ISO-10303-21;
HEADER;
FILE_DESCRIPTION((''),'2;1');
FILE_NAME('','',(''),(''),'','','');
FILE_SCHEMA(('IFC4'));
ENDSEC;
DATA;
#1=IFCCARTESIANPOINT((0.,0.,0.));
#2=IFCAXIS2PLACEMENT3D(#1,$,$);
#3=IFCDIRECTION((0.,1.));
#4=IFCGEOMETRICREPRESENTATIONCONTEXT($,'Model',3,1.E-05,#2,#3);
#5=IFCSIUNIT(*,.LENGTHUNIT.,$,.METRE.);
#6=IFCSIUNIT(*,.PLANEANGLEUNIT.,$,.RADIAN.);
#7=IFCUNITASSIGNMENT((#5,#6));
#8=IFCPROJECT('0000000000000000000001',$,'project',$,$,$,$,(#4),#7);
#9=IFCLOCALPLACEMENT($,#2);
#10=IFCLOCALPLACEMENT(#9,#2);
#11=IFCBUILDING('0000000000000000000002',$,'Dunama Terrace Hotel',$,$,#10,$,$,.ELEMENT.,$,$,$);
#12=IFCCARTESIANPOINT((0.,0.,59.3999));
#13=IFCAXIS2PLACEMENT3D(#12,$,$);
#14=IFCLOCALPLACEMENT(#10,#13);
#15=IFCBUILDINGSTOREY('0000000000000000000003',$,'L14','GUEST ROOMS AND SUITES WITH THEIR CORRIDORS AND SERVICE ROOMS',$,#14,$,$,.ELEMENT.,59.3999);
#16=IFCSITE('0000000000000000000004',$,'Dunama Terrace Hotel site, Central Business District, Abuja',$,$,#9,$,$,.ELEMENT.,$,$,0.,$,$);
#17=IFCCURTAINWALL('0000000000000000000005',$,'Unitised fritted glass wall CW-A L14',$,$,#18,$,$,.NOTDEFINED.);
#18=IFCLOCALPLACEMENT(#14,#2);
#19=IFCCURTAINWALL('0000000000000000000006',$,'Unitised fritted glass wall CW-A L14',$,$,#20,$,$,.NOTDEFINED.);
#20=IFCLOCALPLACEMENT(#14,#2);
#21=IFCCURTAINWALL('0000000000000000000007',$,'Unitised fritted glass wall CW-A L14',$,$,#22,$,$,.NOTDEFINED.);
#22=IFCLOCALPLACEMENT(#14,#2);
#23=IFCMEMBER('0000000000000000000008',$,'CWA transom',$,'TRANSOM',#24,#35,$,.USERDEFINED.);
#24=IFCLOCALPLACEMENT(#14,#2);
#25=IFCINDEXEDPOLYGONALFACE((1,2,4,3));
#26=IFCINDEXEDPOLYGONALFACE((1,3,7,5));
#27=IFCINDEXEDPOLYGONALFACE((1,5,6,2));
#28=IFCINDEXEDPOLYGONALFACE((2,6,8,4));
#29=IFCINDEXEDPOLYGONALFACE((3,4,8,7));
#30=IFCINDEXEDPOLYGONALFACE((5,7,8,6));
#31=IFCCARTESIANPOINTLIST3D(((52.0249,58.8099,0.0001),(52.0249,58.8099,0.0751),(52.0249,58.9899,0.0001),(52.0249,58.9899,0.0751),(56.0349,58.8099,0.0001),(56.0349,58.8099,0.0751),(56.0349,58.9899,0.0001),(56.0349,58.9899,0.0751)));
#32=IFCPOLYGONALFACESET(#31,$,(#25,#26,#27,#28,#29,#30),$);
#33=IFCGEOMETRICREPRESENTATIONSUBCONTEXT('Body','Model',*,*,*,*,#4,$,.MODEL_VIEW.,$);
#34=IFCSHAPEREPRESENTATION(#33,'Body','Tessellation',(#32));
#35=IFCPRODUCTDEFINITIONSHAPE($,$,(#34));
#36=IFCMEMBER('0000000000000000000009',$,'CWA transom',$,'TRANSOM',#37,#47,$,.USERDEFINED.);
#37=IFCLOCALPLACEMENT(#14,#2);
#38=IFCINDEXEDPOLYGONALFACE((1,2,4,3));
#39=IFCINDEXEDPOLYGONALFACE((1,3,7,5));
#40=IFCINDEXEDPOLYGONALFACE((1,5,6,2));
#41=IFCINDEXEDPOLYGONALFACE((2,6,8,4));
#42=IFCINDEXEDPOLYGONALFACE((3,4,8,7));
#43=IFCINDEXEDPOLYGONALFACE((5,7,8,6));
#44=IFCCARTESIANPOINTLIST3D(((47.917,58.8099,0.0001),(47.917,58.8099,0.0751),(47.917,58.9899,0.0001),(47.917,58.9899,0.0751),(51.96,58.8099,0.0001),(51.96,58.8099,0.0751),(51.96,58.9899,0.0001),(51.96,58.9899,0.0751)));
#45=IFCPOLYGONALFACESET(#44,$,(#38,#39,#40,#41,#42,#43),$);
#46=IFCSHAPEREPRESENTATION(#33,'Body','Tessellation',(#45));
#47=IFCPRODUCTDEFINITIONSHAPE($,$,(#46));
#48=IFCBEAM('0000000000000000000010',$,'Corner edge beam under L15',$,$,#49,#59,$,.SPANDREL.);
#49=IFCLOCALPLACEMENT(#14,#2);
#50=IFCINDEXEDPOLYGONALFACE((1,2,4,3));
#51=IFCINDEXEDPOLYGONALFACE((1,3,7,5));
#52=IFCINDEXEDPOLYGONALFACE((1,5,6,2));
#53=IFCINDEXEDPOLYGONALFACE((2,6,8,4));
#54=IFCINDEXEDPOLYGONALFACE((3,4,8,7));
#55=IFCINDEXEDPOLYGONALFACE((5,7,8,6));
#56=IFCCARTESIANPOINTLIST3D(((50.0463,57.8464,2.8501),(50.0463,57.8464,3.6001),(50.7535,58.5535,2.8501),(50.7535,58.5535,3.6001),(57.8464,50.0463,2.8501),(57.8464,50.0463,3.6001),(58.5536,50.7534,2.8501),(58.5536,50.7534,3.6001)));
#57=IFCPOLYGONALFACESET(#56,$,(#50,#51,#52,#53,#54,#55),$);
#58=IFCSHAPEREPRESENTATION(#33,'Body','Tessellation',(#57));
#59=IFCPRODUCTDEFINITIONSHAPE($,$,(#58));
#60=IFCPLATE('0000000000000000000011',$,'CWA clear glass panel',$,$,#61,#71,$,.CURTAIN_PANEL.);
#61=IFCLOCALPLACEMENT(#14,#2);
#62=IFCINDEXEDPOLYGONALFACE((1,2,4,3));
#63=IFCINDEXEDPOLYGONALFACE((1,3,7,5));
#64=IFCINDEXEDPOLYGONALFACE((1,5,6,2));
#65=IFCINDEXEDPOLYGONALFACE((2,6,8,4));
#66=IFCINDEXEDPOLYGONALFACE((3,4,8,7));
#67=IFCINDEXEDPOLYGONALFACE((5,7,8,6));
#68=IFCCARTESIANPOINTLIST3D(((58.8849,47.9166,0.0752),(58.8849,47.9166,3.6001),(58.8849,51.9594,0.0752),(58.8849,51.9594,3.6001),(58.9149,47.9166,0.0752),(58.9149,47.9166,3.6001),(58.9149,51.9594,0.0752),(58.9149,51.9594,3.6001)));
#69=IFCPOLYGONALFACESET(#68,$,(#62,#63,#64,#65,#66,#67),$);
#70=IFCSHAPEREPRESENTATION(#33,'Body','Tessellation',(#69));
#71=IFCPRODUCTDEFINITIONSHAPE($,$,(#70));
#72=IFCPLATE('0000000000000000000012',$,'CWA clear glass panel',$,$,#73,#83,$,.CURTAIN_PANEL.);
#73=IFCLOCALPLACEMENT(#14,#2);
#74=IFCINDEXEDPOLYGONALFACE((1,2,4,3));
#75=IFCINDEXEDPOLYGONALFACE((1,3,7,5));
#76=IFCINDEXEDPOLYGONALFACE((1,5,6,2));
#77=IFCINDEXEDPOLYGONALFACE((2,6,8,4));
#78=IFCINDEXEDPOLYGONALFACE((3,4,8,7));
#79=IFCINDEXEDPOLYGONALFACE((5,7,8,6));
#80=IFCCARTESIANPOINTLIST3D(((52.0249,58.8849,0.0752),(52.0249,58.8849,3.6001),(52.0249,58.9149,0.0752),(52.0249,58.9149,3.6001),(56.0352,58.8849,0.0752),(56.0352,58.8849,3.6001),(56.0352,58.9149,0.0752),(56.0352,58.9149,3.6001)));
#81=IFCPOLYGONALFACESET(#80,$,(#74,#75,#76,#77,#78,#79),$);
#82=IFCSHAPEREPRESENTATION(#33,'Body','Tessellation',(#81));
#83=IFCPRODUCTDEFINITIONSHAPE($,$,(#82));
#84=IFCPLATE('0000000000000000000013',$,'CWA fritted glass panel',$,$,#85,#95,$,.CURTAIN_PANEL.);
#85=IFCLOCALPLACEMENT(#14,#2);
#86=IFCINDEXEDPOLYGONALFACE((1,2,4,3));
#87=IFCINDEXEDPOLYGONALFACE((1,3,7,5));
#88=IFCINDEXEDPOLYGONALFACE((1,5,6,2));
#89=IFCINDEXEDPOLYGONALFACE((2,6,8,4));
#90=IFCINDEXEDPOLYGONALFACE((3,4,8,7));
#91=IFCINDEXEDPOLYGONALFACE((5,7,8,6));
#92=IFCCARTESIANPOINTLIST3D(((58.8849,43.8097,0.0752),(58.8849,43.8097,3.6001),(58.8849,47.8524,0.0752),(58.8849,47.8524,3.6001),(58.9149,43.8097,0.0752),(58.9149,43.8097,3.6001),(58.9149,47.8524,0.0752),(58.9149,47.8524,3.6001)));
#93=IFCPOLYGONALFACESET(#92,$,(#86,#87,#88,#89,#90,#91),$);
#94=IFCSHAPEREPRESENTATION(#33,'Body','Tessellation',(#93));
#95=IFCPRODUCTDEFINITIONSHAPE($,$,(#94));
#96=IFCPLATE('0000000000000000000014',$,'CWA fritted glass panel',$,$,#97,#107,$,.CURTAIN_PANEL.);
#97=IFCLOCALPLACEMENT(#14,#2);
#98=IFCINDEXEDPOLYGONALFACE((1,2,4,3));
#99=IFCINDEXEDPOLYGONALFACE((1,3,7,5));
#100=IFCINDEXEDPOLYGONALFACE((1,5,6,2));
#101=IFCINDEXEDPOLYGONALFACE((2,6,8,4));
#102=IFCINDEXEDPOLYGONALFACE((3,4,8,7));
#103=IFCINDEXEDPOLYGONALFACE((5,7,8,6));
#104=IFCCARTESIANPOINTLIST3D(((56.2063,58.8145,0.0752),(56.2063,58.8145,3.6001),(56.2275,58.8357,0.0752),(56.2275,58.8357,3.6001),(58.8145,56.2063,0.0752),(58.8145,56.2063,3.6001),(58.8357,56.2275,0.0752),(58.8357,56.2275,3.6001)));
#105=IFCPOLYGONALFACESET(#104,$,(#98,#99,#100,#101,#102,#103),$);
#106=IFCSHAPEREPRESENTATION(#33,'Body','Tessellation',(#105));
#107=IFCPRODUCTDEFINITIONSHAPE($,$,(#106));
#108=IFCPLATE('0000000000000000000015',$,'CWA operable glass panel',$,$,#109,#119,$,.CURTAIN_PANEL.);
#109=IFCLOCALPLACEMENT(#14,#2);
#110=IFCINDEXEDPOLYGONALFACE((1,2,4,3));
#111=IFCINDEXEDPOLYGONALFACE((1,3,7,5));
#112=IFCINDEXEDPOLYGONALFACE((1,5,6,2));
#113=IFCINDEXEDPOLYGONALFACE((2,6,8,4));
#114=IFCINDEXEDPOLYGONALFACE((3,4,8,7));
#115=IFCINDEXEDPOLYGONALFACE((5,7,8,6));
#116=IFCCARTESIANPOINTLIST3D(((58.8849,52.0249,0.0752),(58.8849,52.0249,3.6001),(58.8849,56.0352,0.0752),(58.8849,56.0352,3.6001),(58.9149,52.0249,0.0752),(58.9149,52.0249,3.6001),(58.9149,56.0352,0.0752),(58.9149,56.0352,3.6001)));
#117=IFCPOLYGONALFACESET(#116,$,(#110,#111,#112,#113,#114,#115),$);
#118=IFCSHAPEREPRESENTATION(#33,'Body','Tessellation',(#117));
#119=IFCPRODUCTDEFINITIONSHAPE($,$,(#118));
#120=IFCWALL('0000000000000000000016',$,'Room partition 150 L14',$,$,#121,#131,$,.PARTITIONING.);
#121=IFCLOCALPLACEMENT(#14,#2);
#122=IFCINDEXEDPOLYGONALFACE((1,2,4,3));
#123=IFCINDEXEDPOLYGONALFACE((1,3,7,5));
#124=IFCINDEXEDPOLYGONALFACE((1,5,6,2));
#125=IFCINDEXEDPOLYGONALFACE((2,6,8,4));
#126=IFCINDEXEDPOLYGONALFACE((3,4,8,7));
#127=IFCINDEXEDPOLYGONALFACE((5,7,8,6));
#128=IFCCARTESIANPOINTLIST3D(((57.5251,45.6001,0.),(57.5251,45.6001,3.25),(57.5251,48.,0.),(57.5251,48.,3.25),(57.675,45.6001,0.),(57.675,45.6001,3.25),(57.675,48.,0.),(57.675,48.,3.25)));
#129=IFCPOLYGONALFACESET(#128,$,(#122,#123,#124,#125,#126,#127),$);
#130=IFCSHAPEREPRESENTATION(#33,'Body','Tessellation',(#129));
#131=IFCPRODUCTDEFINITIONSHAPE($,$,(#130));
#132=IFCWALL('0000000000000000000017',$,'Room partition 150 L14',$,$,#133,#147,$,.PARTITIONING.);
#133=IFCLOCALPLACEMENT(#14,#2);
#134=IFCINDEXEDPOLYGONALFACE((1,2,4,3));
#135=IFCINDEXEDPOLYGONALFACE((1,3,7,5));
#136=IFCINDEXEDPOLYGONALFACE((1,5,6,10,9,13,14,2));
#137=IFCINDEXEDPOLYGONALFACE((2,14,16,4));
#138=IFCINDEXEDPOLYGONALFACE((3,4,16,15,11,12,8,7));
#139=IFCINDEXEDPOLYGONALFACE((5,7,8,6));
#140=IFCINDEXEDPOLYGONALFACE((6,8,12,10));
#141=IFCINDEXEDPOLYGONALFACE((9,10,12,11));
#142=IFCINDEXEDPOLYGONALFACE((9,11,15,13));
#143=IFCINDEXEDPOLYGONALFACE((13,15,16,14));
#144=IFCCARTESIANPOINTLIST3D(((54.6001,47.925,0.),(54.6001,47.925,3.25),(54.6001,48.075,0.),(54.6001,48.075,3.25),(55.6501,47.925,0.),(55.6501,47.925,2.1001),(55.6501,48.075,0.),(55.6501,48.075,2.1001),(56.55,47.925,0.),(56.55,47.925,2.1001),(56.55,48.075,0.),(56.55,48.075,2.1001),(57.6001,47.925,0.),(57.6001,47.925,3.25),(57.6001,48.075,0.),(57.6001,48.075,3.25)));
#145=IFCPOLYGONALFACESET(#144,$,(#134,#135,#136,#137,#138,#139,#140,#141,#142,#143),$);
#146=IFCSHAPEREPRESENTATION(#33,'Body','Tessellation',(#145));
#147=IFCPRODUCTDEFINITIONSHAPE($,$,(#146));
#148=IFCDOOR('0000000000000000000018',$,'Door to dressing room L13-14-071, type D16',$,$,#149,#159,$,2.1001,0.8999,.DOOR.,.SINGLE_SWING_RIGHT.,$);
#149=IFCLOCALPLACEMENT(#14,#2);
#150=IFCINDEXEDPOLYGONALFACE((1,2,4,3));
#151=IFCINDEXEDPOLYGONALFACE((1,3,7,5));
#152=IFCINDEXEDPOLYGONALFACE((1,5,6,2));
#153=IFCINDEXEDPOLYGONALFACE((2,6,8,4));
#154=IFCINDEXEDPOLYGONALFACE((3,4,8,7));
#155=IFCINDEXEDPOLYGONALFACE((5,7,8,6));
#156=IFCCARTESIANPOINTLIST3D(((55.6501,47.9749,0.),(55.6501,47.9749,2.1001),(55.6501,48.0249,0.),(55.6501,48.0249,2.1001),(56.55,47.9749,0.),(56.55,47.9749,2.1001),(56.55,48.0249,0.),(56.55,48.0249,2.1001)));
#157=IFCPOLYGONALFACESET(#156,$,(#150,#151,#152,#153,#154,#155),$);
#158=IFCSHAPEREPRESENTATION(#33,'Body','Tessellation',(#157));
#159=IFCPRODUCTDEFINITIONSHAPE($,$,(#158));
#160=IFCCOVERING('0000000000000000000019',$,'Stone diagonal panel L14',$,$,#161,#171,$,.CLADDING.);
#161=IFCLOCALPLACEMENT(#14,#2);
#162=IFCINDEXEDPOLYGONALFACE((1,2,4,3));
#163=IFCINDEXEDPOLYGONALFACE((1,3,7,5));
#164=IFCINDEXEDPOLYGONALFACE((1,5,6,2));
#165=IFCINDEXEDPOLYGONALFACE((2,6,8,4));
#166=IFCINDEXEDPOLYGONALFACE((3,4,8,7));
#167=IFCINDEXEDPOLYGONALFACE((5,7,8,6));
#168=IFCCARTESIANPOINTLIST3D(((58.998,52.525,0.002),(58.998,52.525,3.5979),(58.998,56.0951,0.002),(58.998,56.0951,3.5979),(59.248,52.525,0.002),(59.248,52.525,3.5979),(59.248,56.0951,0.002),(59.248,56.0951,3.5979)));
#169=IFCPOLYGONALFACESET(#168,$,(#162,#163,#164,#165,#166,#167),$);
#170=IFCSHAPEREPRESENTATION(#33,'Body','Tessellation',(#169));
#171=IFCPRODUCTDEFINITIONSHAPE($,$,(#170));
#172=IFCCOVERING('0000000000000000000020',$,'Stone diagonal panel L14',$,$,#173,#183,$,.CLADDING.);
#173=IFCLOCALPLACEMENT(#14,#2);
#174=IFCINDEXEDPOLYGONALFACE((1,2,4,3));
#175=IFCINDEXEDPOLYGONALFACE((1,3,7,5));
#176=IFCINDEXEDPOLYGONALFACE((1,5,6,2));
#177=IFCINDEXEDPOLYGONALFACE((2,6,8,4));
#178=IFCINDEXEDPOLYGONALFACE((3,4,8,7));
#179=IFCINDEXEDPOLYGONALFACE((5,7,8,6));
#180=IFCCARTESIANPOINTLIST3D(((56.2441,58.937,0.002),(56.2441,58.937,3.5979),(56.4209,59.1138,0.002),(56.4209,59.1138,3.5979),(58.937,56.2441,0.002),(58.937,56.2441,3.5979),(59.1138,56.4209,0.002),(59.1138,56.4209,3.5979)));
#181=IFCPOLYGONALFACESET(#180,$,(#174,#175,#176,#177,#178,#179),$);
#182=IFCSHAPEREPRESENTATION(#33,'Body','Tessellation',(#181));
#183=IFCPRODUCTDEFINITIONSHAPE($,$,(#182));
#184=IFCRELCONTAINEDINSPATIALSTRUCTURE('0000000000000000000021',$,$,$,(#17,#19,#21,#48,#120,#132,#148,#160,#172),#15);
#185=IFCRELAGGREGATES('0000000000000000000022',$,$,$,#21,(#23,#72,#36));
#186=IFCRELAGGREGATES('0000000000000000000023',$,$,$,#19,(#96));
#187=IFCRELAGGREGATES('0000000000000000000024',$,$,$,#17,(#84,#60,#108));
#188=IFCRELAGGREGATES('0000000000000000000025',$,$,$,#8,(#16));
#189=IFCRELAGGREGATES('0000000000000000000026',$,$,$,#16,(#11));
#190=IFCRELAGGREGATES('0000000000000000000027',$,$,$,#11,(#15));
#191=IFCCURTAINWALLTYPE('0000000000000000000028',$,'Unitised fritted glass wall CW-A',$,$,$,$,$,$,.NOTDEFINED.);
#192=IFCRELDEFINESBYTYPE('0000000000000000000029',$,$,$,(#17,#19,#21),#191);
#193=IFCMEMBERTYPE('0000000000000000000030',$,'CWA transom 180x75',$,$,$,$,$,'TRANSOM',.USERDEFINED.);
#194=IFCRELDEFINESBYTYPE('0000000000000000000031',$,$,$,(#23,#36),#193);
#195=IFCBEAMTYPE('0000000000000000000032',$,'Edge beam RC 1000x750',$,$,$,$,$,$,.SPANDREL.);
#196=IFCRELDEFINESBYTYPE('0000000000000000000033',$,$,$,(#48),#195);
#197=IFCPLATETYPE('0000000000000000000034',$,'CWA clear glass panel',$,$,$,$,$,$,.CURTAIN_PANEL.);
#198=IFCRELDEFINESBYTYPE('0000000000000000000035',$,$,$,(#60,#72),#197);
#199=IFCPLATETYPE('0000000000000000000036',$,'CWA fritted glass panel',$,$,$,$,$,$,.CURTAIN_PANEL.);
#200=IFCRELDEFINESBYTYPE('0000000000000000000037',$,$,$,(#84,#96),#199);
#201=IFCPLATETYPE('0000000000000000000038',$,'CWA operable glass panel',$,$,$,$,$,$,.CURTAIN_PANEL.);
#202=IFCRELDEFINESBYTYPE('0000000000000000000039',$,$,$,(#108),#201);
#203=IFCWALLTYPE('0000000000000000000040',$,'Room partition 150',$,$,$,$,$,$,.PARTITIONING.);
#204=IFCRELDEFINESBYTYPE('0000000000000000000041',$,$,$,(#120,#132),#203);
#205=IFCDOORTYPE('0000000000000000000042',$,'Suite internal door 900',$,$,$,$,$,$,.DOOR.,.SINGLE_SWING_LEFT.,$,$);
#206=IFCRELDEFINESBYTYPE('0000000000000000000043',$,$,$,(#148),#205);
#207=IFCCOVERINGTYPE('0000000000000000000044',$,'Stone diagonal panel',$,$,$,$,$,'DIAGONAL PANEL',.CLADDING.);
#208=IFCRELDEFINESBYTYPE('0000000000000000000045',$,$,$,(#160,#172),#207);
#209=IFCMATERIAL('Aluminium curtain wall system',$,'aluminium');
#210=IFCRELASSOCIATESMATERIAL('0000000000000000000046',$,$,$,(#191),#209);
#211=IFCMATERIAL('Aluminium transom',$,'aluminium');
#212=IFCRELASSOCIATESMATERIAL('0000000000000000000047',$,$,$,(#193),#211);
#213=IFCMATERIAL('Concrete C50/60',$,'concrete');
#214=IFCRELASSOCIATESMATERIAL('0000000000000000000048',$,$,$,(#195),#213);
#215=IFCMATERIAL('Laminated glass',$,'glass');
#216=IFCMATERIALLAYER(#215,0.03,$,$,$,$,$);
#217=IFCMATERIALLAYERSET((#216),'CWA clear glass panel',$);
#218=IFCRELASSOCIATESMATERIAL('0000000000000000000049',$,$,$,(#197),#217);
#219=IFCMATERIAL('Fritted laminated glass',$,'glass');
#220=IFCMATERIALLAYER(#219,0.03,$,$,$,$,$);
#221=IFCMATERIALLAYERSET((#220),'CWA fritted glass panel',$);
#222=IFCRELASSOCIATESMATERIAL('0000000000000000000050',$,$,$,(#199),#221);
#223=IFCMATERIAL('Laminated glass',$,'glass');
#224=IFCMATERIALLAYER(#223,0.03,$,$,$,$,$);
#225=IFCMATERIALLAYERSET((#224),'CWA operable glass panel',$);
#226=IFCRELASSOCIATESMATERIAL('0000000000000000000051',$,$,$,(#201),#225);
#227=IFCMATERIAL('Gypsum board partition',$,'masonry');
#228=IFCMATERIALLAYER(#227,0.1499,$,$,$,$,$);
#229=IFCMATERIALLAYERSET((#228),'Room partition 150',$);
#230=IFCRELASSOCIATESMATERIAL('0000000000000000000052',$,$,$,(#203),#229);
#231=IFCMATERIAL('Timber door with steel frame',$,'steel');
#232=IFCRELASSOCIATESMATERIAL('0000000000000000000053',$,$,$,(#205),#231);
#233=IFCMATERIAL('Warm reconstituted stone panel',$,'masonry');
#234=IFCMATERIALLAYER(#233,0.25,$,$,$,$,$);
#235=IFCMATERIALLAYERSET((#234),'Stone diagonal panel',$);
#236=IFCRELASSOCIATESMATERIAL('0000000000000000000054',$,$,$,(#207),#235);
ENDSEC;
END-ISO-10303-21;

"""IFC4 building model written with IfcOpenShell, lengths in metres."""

from ifc_helpers import new_model, si_unit, direction, frame, frame_2d, origin, origin_2d, place, context, subcontext, project, spatial, rectangle, extrude, material, layer, layer_set, material_profile, profile_set, type_object, element, fill, aggregate, save


model = new_model("IFC4")

# Units and contexts
model_context = context("Model", 3, precision=1e-05, world=origin(), true_north=direction((0.0, 1.0)))
body_context = subcontext(model_context, "Body", "Model", "MODEL_VIEW")
ifc_project = project(units=[si_unit("LENGTHUNIT", "METRE"), si_unit("PLANEANGLEUNIT", "RADIAN")], contexts=[model_context])

# Site, building, storey
site_placement = place(None, origin())
site = spatial("IfcSite", under=ifc_project, at=site_placement, Name="Dunama Terrace Hotel site, Central Business District, Abuja", CompositionType="ELEMENT", RefElevation=0.0)
building_placement = place(site_placement, origin())
building = spatial("IfcBuilding", under=site, at=building_placement, Name="Dunama Terrace Hotel", CompositionType="ELEMENT")
storey_placement = place(building_placement, frame((0.0, 0.0, 59.3999)))
storey = spatial("IfcBuildingStorey", under=building, at=storey_placement, Name="L14", Description="GUEST ROOMS AND SUITES WITH THEIR CORRIDORS AND SERVICE ROOMS", CompositionType="ELEMENT", Elevation=59.3999)

# Curtain walls
ifc_material_1 = material(Name="Aluminium curtain wall system", Category="aluminium")
curtain_wall_type = type_object("IfcCurtainWallType", Name="Unitised fritted glass wall CW-A", PredefinedType="NOTDEFINED", material=ifc_material_1)
curtain_wall_1_placement = place(storey_placement, origin())
curtain_wall_1 = element("IfcCurtainWall", 1, at=curtain_wall_1_placement, inside=storey, type_object=curtain_wall_type, Name="Unitised fritted glass wall CW-A L14", PredefinedType="NOTDEFINED")
curtain_wall_2_placement = place(storey_placement, origin())
curtain_wall_2 = element("IfcCurtainWall", 2, at=curtain_wall_2_placement, inside=storey, type_object=curtain_wall_type, Name="Unitised fritted glass wall CW-A L14", PredefinedType="NOTDEFINED")
curtain_wall_3_placement = place(storey_placement, origin())
curtain_wall_3 = element("IfcCurtainWall", 3, at=curtain_wall_3_placement, inside=storey, type_object=curtain_wall_type, Name="Unitised fritted glass wall CW-A L14", PredefinedType="NOTDEFINED")

# Members
ifc_material_2 = material(Name="Aluminium transom", Category="aluminium")
ifc_material_profile_1 = material_profile(ifc_material_2, rectangle(XDim=0.1799, YDim=0.075, at=origin_2d()), Name="CWA TRANSOM 180X75")
ifc_profile_set_1 = profile_set([ifc_material_profile_1], Name="Aluminium transom")
member_type_1 = type_object("IfcMemberType", Name="CWA transom 180x75", ElementType="TRANSOM", PredefinedType="USERDEFINED", material=ifc_profile_set_1)
member_1_placement = place(storey_placement, frame((56.0349, 58.8999, 0.0376), z_axis=(-1.0, 0.0, 0.0), x_axis=(0.0, -1.0, 0.0)))
member_1 = element("IfcMember", 4, at=member_1_placement, type_object=member_type_1, Name="CWA transom", ObjectType="TRANSOM", PredefinedType="USERDEFINED", context=body_context, shape_type="SweptSolid", body=[
    extrude(rectangle(XDim=0.1799, YDim=0.075, at=origin_2d()), origin(), (0.0, 0.0, 1.0), 4.01),
])
member_2_placement = place(storey_placement, frame((51.96, 58.8999, 0.0376), z_axis=(-1.0, 0.0, 0.0), x_axis=(0.0, -1.0, 0.0)))
member_2 = element("IfcMember", 5, at=member_2_placement, type_object=member_type_1, Name="CWA transom", ObjectType="TRANSOM", PredefinedType="USERDEFINED", context=body_context, shape_type="SweptSolid", body=[
    extrude(rectangle(XDim=0.1799, YDim=0.075, at=origin_2d()), origin(), (0.0, 0.0, 1.0), 4.043),
])

# Beam
ifc_material_3 = material(Name="Concrete C50/60", Category="concrete")
ifc_material_profile_2 = material_profile(ifc_material_3, rectangle(XDim=1.0, YDim=0.75, at=origin_2d()), Name="RC 1000x750")
ifc_profile_set_2 = profile_set([ifc_material_profile_2], Name="Concrete C50/60")
beam_type = type_object("IfcBeamType", Name="Edge beam RC 1000x750", PredefinedType="SPANDREL", material=ifc_profile_set_2)
beam_placement = place(storey_placement, frame((50.3999, 58.2, 3.2251), z_axis=(0.707107, -0.707107, 0.0), x_axis=(0.707107, 0.707107, 0.0)))
element("IfcBeam", 6, at=beam_placement, inside=storey, type_object=beam_type, Name="Corner edge beam under L15", PredefinedType="SPANDREL", context=body_context, shape_type="SweptSolid", body=[
    extrude(rectangle(XDim=1.0, YDim=0.75, at=origin_2d()), origin(), (0.0, 0.0, 1.0), 11.031),
])

# Plates
ifc_material_4 = material(Name="Laminated glass", Category="glass")
ifc_layer_1 = layer(ifc_material_4, 0.03)
ifc_layer_set_1 = layer_set([ifc_layer_1], Name="CWA clear glass panel")
plate_type_1 = type_object("IfcPlateType", Name="CWA clear glass panel", PredefinedType="CURTAIN_PANEL", material=ifc_layer_set_1)
plate_1_placement = place(storey_placement, frame((58.8999, 49.938, 0.0752), z_axis=(0.0, 0.0, 1.0), x_axis=(0.0, 1.0, 0.0)))
plate_1 = element("IfcPlate", 7, at=plate_1_placement, type_object=plate_type_1, Name="CWA clear glass panel", PredefinedType="CURTAIN_PANEL", context=body_context, shape_type="SweptSolid", body=[
    extrude(rectangle(XDim=4.0427, YDim=0.03, at=origin_2d()), origin(), (0.0, 0.0, 1.0), 3.5249),
])
plate_2_placement = place(storey_placement, frame((54.03, 58.8999, 0.0752), z_axis=(0.0, 0.0, 1.0), x_axis=(-1.0, 0.0, 0.0)))
plate_2 = element("IfcPlate", 8, at=plate_2_placement, type_object=plate_type_1, Name="CWA clear glass panel", PredefinedType="CURTAIN_PANEL", context=body_context, shape_type="SweptSolid", body=[
    extrude(rectangle(XDim=4.0103, YDim=0.03, at=origin_2d()), origin(), (0.0, 0.0, 1.0), 3.5249),
])
aggregate(curtain_wall_3, [member_1, plate_2, member_2])
ifc_material_5 = material(Name="Fritted laminated glass", Category="glass")
ifc_layer_2 = layer(ifc_material_5, 0.03)
ifc_layer_set_2 = layer_set([ifc_layer_2], Name="CWA fritted glass panel")
plate_type_2 = type_object("IfcPlateType", Name="CWA fritted glass panel", PredefinedType="CURTAIN_PANEL", material=ifc_layer_set_2)
plate_3_placement = place(storey_placement, frame((58.8999, 45.8311, 0.0752), z_axis=(0.0, 0.0, 1.0), x_axis=(0.0, 1.0, 0.0)))
plate_3 = element("IfcPlate", 9, at=plate_3_placement, type_object=plate_type_2, Name="CWA fritted glass panel", PredefinedType="CURTAIN_PANEL", context=body_context, shape_type="SweptSolid", body=[
    extrude(rectangle(XDim=4.0427, YDim=0.03, at=origin_2d()), origin(), (0.0, 0.0, 1.0), 3.5249),
])
plate_4_placement = place(storey_placement, frame((57.521, 57.521, 0.0752), z_axis=(0.0, 0.0, 1.0), x_axis=(-0.707107, 0.707107, 0.0)))
plate_4 = element("IfcPlate", 10, at=plate_4_placement, type_object=plate_type_2, Name="CWA fritted glass panel", PredefinedType="CURTAIN_PANEL", context=body_context, shape_type="SweptSolid", body=[
    extrude(rectangle(XDim=3.6885, YDim=0.03, at=origin_2d()), origin(), (0.0, 0.0, 1.0), 3.5249),
])
aggregate(curtain_wall_2, [plate_4])
ifc_material_6 = material(Name="Laminated glass", Category="glass")
ifc_layer_3 = layer(ifc_material_6, 0.03)
ifc_layer_set_3 = layer_set([ifc_layer_3], Name="CWA operable glass panel")
plate_type_3 = type_object("IfcPlateType", Name="CWA operable glass panel", PredefinedType="CURTAIN_PANEL", material=ifc_layer_set_3)
plate_5_placement = place(storey_placement, frame((58.8999, 54.03, 0.0752), z_axis=(0.0, 0.0, 1.0), x_axis=(0.0, 1.0, 0.0)))
plate_5 = element("IfcPlate", 11, at=plate_5_placement, type_object=plate_type_3, Name="CWA operable glass panel", PredefinedType="CURTAIN_PANEL", context=body_context, shape_type="SweptSolid", body=[
    extrude(rectangle(XDim=4.0103, YDim=0.03, at=origin_2d()), origin(), (0.0, 0.0, 1.0), 3.5249),
])
aggregate(curtain_wall_1, [plate_3, plate_1, plate_5])

# Wall
ifc_material_7 = material(Name="Gypsum board partition", Category="masonry")
ifc_layer_4 = layer(ifc_material_7, 0.1499)
ifc_layer_set_4 = layer_set([ifc_layer_4], Name="Room partition 150")
wall_type = type_object("IfcWallType", Name="Room partition 150", PredefinedType="PARTITIONING", material=ifc_layer_set_4)
wall_1_placement = place(storey_placement, frame((57.6001, 45.6001, 0.0), z_axis=(0.0, 0.0, 1.0), x_axis=(0.0, 1.0, 0.0)))
element("IfcWall", 12, at=wall_1_placement, inside=storey, type_object=wall_type, Name="Room partition 150 L14", PredefinedType="PARTITIONING", context=body_context, shape_type="SweptSolid", body=[
    extrude(rectangle(XDim=2.3999, YDim=0.1499, at=frame_2d((1.2, 0.0))), origin(), (0.0, 0.0, 1.0), 3.25),
])

# Wall, opening, door
wall_2_placement = place(storey_placement, frame((54.6001, 48.0, 0.0), z_axis=(0.0, 0.0, 1.0), x_axis=(1.0, 0.0, 0.0)))
wall_2 = element("IfcWall", 13, at=wall_2_placement, inside=storey, type_object=wall_type, Name="Room partition 150 L14", PredefinedType="PARTITIONING", context=body_context, shape_type="SweptSolid", body=[
    extrude(rectangle(XDim=3.0, YDim=0.1499, at=frame_2d((1.5, 0.0))), origin(), (0.0, 0.0, 1.0), 3.25),
])
opening_placement = place(wall_2_placement, frame((1.05, 0.0, 0.0)))
opening = element("IfcOpeningElement", 14, at=opening_placement, cuts=wall_2, PredefinedType="OPENING", context=body_context, shape_type="SweptSolid", body=[
    extrude(rectangle(XDim=0.8999, YDim=2.1001, at=frame_2d((0.45, 1.05))), frame((0.0, 0.085, 0.0), z_axis=(0.0, -1.0, 0.0), x_axis=(1.0, 0.0, 0.0)), (0.0, 0.0, 1.0), 0.1699),
])
ifc_material_8 = material(Name="Timber door with steel frame", Category="steel")
door_type = type_object("IfcDoorType", Name="Suite internal door 900", OperationType="SINGLE_SWING_LEFT", PredefinedType="DOOR", material=ifc_material_8)
door_placement = place(opening_placement, frame((0.8999, 0.0, 0.0), z_axis=(0.0, 0.0, 1.0), x_axis=(-1.0, 0.0, 0.0)))
door = element("IfcDoor", 15, at=door_placement, inside=storey, type_object=door_type, Name="Door to dressing room L13-14-071, type D16", OperationType="SINGLE_SWING_RIGHT", OverallHeight=2.1001, OverallWidth=0.8999, PredefinedType="DOOR", context=body_context, shape_type="SweptSolid", body=[
    extrude(rectangle(XDim=0.8999, YDim=2.1001, at=frame_2d((0.45, 1.05))), frame((0.0, 0.0251, 0.0), z_axis=(0.0, -1.0, 0.0), x_axis=(1.0, 0.0, 0.0)), (0.0, 0.0, 1.0), 0.05),
])
fill(opening, door)

# Coverings
ifc_material_9 = material(Name="Warm reconstituted stone panel", Category="masonry")
ifc_layer_5 = layer(ifc_material_9, 0.25)
ifc_layer_set_5 = layer_set([ifc_layer_5], Name="Stone diagonal panel")
covering_type = type_object("IfcCoveringType", Name="Stone diagonal panel", ElementType="DIAGONAL PANEL", PredefinedType="CLADDING", material=ifc_layer_set_5)
covering_1_placement = place(storey_placement, frame((59.123, 54.3101, 0.002), z_axis=(0.0, 0.0, 1.0), x_axis=(0.0, 1.0, 0.0)))
element("IfcCovering", 16, at=covering_1_placement, inside=storey, type_object=covering_type, Name="Stone diagonal panel L14", PredefinedType="CLADDING", context=body_context, shape_type="SweptSolid", body=[
    extrude(rectangle(XDim=3.5701, YDim=0.25, at=origin_2d()), origin(), (0.0, 0.0, 1.0), 3.5959),
])
covering_2_placement = place(storey_placement, frame((57.679, 57.679, 0.002), z_axis=(0.0, 0.0, 1.0), x_axis=(-0.707107, 0.707107, 0.0)))
element("IfcCovering", 17, at=covering_2_placement, inside=storey, type_object=covering_type, Name="Stone diagonal panel L14", PredefinedType="CLADDING", context=body_context, shape_type="SweptSolid", body=[
    extrude(rectangle(XDim=3.8083, YDim=0.25, at=origin_2d()), origin(), (0.0, 0.0, 1.0), 3.5959),
])

save(model, "model.ifc")
